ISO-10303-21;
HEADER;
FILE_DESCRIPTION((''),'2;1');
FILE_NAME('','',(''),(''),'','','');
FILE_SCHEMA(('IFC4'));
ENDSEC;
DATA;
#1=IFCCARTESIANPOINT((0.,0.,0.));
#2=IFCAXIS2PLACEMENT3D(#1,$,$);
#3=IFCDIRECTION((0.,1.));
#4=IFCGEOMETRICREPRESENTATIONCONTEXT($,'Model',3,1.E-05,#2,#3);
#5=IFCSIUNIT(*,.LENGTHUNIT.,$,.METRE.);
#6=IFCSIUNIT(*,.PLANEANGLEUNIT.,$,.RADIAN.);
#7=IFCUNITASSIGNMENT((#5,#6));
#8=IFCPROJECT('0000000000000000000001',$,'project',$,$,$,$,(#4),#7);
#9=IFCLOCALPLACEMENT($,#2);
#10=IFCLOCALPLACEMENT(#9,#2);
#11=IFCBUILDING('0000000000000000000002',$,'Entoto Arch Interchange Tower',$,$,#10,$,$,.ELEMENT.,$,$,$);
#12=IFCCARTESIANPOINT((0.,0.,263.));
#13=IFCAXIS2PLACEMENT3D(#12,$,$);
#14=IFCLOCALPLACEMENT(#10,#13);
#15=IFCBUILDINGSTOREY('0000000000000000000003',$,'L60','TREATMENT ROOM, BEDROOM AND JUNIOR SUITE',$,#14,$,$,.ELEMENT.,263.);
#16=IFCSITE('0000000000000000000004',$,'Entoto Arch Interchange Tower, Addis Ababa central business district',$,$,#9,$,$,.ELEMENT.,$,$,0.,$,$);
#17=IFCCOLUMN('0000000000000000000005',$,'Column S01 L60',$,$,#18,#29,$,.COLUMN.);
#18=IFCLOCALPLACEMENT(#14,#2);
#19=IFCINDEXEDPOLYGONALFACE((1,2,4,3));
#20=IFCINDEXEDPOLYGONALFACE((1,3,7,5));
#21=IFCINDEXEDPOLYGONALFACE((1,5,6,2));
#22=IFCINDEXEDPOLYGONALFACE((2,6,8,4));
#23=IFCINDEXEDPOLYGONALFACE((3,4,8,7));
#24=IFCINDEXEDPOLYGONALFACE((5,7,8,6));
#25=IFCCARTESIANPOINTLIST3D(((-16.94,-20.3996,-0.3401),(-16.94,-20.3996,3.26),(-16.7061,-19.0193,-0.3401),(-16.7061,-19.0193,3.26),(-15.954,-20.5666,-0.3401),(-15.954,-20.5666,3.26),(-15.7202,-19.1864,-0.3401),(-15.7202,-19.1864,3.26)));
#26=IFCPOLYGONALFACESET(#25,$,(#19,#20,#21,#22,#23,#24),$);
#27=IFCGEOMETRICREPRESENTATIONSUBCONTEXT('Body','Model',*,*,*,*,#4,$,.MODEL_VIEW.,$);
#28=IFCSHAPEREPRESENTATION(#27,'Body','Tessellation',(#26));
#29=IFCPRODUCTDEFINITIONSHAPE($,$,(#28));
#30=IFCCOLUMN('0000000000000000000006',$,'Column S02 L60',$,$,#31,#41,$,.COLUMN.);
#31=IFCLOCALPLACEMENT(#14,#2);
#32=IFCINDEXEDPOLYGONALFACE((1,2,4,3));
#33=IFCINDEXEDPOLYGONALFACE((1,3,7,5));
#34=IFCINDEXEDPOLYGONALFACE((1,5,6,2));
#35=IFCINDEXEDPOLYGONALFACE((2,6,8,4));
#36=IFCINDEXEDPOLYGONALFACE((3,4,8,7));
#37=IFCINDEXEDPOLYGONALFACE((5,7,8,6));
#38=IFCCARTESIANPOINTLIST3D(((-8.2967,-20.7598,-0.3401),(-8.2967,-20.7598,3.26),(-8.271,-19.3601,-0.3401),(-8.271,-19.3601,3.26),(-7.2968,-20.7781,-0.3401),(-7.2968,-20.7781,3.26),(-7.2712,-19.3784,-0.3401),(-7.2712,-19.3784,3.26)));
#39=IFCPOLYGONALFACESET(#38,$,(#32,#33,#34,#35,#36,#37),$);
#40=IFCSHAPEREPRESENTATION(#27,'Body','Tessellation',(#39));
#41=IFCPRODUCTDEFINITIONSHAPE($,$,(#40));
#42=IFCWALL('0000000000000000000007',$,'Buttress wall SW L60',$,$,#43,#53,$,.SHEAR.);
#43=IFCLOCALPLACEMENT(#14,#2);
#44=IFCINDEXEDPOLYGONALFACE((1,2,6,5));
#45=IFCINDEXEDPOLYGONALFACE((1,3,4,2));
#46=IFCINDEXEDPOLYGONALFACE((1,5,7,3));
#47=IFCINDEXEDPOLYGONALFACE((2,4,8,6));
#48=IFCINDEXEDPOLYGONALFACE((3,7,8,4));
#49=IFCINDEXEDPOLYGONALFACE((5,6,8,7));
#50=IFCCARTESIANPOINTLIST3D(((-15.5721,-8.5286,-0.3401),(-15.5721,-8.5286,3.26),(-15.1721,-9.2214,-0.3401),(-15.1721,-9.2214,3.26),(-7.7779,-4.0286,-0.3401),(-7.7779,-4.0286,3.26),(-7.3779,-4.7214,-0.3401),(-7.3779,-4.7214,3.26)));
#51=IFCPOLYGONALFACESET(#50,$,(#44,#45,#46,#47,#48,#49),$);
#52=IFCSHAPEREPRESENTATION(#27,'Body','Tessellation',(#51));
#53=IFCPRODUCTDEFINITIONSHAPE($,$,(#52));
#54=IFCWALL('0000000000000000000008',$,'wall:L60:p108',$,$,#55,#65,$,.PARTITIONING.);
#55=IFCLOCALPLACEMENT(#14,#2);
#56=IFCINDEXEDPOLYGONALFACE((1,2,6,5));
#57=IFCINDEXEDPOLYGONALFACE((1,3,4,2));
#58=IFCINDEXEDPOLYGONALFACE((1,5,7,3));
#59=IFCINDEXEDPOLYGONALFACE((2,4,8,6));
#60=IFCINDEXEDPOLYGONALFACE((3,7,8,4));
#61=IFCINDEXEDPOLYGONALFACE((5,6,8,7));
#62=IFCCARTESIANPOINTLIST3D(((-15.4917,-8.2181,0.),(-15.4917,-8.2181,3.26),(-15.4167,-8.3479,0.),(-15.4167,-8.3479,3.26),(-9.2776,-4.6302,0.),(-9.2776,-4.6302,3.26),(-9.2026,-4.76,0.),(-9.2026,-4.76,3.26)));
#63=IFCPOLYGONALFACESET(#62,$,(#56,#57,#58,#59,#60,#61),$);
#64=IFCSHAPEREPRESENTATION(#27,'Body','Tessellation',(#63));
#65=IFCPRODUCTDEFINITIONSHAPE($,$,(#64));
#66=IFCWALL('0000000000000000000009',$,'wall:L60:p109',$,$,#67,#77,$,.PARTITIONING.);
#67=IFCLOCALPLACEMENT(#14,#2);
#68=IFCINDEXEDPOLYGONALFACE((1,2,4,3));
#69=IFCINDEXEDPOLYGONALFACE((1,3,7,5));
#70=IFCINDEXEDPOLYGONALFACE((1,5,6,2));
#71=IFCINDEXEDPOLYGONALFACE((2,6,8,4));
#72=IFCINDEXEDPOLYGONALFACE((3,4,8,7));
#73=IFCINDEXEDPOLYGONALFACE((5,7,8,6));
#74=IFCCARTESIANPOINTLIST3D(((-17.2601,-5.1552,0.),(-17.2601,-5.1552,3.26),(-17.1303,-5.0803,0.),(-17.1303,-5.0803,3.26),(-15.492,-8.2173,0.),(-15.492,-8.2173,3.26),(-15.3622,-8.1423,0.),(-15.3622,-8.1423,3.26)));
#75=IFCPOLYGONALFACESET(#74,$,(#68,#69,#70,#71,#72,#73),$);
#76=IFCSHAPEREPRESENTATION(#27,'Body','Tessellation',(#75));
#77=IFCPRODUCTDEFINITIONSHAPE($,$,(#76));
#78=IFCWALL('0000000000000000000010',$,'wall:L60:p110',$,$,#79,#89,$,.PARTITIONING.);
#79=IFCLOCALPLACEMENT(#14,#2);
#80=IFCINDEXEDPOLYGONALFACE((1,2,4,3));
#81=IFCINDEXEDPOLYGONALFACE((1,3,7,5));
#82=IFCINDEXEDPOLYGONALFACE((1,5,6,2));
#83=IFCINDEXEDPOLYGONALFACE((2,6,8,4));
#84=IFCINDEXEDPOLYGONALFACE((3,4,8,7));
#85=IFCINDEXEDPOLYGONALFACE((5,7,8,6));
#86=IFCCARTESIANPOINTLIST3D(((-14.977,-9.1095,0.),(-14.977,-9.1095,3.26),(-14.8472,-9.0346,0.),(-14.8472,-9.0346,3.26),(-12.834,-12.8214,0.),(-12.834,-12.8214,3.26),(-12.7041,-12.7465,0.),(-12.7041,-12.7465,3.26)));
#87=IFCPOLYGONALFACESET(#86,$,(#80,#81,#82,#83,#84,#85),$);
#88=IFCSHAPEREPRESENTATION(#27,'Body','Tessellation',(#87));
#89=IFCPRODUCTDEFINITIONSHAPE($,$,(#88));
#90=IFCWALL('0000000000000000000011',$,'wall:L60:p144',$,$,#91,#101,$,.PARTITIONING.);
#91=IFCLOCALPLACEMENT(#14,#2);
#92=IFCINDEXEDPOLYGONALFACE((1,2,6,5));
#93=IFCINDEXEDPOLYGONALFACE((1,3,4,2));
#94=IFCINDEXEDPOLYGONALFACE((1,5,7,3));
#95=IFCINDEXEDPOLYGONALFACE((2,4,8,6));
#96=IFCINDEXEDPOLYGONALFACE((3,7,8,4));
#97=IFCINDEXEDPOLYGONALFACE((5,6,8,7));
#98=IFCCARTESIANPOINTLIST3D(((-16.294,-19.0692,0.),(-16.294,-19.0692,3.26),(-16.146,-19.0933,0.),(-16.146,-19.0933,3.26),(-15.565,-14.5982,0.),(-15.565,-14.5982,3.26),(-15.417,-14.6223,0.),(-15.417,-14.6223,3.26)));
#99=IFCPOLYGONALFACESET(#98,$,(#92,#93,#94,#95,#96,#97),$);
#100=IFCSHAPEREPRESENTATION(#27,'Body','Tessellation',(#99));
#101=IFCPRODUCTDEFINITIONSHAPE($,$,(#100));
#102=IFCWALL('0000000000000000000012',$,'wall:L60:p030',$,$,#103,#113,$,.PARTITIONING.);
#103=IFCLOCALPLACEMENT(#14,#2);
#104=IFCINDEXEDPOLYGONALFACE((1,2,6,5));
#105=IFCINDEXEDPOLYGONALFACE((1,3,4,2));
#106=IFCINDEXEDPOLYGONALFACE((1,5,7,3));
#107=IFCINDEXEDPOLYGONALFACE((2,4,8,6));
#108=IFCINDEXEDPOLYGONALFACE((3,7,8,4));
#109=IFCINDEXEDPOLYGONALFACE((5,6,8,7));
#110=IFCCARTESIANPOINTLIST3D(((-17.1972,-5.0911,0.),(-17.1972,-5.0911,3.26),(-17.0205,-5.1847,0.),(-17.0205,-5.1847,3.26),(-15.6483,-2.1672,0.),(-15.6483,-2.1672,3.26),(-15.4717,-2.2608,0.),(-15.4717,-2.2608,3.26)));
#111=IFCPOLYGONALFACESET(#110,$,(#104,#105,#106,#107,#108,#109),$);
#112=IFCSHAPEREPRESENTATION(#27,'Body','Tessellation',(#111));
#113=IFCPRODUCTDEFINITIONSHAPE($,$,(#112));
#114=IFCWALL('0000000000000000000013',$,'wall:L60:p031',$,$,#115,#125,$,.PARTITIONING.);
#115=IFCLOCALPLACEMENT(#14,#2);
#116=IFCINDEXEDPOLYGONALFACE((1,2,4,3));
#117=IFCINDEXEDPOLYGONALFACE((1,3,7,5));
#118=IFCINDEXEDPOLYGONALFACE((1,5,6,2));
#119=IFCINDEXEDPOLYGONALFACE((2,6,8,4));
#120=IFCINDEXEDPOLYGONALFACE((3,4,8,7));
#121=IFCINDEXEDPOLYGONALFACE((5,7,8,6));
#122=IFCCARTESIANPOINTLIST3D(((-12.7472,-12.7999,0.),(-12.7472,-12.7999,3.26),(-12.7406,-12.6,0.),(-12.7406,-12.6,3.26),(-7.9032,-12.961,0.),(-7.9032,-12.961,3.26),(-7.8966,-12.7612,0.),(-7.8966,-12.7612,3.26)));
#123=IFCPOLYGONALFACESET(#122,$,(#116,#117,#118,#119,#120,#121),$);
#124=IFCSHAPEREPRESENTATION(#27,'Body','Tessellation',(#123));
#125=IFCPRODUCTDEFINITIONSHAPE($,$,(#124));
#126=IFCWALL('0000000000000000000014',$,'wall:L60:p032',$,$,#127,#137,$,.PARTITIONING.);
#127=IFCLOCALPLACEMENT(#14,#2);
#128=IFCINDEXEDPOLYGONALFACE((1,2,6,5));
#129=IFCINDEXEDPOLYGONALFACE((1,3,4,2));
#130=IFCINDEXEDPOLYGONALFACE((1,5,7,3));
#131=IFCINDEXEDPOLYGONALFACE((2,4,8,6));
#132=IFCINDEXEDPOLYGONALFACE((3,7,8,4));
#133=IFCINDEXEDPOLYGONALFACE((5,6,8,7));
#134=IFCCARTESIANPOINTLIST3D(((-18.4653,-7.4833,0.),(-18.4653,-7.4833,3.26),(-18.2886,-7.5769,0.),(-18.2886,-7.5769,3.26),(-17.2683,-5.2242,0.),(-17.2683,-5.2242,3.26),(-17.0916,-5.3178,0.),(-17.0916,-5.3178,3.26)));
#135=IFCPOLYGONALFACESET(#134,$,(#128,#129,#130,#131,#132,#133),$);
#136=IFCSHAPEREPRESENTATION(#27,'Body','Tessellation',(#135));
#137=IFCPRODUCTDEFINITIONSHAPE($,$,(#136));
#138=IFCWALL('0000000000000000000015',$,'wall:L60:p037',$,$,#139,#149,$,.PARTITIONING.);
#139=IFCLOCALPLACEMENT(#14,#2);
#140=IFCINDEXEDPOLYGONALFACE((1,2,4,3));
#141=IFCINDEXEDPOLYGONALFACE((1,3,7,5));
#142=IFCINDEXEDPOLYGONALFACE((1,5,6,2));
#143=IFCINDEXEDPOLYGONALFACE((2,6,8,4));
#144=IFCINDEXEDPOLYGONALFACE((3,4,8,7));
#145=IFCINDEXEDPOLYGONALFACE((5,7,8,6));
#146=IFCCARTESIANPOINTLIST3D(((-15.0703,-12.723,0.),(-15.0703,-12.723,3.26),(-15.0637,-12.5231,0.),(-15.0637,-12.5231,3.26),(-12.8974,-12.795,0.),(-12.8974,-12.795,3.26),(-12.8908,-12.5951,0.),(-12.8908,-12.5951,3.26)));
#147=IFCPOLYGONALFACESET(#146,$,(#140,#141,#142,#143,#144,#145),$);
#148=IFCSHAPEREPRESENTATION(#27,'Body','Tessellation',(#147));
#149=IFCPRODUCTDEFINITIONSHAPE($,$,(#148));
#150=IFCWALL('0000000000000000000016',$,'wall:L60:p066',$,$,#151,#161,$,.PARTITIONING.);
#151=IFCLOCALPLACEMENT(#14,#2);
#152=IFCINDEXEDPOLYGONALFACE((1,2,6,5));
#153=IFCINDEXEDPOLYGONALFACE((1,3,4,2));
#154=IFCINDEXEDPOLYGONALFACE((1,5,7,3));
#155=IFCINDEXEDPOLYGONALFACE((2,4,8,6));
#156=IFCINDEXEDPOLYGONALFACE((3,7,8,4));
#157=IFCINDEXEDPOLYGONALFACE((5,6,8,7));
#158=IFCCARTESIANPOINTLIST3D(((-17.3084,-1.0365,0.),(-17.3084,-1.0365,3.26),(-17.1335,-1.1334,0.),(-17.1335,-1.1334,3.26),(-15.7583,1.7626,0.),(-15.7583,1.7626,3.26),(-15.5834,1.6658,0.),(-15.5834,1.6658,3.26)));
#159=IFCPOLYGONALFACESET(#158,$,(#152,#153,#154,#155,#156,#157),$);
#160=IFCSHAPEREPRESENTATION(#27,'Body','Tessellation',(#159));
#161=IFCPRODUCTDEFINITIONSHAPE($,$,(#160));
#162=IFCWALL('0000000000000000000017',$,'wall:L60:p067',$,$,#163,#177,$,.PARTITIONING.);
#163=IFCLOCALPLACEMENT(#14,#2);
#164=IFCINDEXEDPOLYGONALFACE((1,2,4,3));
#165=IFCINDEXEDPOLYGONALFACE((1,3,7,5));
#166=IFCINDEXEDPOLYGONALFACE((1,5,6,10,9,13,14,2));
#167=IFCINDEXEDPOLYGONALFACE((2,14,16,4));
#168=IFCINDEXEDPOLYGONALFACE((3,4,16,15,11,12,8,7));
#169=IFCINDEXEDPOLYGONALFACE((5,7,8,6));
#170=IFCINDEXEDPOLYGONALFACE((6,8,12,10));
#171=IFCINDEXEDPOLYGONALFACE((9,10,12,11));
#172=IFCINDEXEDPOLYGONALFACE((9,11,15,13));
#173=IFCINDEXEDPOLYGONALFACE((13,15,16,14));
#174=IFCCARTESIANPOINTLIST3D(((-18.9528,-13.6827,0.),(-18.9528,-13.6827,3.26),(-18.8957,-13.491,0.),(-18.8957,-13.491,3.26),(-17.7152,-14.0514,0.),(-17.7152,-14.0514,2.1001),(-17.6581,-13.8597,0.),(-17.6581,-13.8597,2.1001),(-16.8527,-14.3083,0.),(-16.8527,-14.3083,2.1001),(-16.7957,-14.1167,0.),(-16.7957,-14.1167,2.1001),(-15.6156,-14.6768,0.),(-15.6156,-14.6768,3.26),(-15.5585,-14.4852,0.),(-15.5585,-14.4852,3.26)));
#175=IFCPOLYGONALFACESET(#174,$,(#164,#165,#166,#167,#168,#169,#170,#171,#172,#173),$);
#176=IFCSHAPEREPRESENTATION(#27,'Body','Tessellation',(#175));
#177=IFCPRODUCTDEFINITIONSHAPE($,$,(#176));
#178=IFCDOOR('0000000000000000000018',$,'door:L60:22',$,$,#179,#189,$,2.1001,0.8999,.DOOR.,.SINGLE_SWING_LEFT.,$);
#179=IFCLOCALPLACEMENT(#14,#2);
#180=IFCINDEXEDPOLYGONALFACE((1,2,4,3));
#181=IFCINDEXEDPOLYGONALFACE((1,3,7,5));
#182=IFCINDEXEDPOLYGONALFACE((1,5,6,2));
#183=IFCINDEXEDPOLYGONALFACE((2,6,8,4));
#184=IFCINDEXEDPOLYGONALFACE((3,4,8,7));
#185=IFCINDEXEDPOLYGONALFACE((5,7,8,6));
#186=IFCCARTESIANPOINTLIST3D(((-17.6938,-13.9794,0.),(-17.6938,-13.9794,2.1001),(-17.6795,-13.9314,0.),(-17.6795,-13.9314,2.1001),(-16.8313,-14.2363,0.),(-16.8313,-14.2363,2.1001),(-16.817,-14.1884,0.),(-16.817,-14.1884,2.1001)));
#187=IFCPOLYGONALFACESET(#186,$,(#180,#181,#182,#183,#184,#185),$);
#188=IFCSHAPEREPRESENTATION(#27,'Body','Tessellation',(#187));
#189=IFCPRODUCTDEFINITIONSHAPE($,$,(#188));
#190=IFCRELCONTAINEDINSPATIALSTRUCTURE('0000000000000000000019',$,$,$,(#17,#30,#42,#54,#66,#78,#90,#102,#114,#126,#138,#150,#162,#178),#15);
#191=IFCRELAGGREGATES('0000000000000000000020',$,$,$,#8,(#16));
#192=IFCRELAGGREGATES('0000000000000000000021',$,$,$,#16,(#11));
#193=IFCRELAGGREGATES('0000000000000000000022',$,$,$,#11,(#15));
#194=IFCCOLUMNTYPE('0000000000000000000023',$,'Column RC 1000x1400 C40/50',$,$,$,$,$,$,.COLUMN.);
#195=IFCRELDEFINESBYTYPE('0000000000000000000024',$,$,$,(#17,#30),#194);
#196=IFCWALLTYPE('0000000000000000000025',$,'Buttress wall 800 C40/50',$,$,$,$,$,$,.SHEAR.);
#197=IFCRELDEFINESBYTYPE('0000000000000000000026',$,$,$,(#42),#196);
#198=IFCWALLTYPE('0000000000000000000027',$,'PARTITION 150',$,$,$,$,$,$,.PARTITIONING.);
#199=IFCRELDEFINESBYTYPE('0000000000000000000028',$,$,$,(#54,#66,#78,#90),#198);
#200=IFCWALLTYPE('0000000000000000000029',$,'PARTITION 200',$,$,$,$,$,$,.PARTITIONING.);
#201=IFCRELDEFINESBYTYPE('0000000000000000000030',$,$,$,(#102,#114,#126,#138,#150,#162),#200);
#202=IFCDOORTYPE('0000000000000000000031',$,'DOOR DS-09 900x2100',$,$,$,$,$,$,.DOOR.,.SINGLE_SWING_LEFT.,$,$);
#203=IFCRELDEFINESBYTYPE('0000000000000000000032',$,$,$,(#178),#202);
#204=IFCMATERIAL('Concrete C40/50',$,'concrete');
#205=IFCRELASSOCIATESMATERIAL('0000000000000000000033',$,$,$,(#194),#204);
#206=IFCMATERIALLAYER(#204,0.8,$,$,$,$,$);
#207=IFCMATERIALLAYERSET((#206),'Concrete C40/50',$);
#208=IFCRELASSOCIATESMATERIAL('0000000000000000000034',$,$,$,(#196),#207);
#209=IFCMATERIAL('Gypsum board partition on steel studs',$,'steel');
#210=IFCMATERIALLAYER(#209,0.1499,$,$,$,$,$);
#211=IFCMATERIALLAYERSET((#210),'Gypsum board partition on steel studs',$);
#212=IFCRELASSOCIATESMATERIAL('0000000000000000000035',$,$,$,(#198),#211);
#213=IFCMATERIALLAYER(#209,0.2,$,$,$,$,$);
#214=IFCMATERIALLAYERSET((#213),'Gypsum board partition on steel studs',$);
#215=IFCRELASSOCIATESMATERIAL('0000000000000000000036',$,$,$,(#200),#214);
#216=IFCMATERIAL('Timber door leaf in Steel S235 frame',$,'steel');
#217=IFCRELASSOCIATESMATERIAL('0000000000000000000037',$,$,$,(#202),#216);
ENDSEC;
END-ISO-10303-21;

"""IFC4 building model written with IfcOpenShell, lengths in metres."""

from ifc_helpers import new_model, si_unit, direction, frame, frame_2d, origin, origin_2d, place, context, subcontext, project, spatial, rectangle, extrude, material, layer, layer_set, material_profile, profile_set, type_object, element, fill, save


model = new_model("IFC4")

# Units and contexts
model_context = context("Model", 3, precision=1e-05, world=origin(), true_north=direction((0.0, 1.0)))
body_context = subcontext(model_context, "Body", "Model", "MODEL_VIEW")
ifc_project = project(units=[si_unit("LENGTHUNIT", "METRE"), si_unit("PLANEANGLEUNIT", "RADIAN")], contexts=[model_context])

# Site, building, storey
site_placement = place(None, origin())
site = spatial("IfcSite", under=ifc_project, at=site_placement, Name="Entoto Arch Interchange Tower, Addis Ababa central business district", CompositionType="ELEMENT", RefElevation=0.0)
building_placement = place(site_placement, origin())
building = spatial("IfcBuilding", under=site, at=building_placement, Name="Entoto Arch Interchange Tower", CompositionType="ELEMENT")
storey_placement = place(building_placement, frame((0.0, 0.0, 263.0)))
storey = spatial("IfcBuildingStorey", under=building, at=storey_placement, Name="L60", Description="TREATMENT ROOM, BEDROOM AND JUNIOR SUITE", CompositionType="ELEMENT", Elevation=263.0)

# Columns
ifc_material_1 = material(Name="Concrete C40/50", Category="concrete")
ifc_material_profile = material_profile(ifc_material_1, rectangle(XDim=1.0, YDim=1.3999, at=origin_2d()))
ifc_profile_set = profile_set([ifc_material_profile], Name="Concrete C40/50")
column_type = type_object("IfcColumnType", Name="Column RC 1000x1400 C40/50", PredefinedType="COLUMN", material=ifc_profile_set)
for number, where, z_axis, x_axis, name in (
    (1, (-16.3301, -19.793, -0.3401), (0.0, 0.0, 1.0), (-0.985952, 0.167027, 0.0), "Column S01 L60"),
    (2, (-7.7839, -20.0691, -0.3401), (0.0, 0.0, 1.0), (-0.999833, 0.01829, 0.0), "Column S02 L60"),
):
    element("IfcColumn", number, at=place(storey_placement, frame(where, z_axis=z_axis, x_axis=x_axis)), inside=storey, type_object=column_type, Name=name, PredefinedType="COLUMN", context=body_context, shape_type="SweptSolid", body=[
        extrude(rectangle(XDim=1.0, YDim=1.3999, at=origin_2d()), origin(), (0.0, 0.0, 1.0), 3.6001),
    ])

# Walls
ifc_layer_1 = layer(ifc_material_1, 0.8)
ifc_layer_set_1 = layer_set([ifc_layer_1], Name="Concrete C40/50")
wall_type_1 = type_object("IfcWallType", Name="Buttress wall 800 C40/50", PredefinedType="SHEAR", material=ifc_layer_set_1)
wall_1_placement = place(storey_placement, frame((-7.5779, -4.375, -0.3401), z_axis=(0.0, 0.0, 1.0), x_axis=(-0.866024, -0.500002, 0.0)))
element("IfcWall", 3, at=wall_1_placement, inside=storey, type_object=wall_type_1, Name="Buttress wall SW L60", PredefinedType="SHEAR", context=body_context, shape_type="SweptSolid", body=[
    extrude(rectangle(XDim=9.0, YDim=0.8, at=frame_2d((4.5, 0.0))), origin(), (0.0, 0.0, 1.0), 3.6001),
])
ifc_material_2 = material(Name="Gypsum board partition on steel studs", Category="steel")
ifc_layer_2 = layer(ifc_material_2, 0.1499)
ifc_layer_set_2 = layer_set([ifc_layer_2], Name="Gypsum board partition on steel studs")
wall_type_2 = type_object("IfcWallType", Name="PARTITION 150", PredefinedType="PARTITIONING", material=ifc_layer_set_2)
wall_2_placement = place(storey_placement, frame((-9.24, -4.6951, 0.0), z_axis=(0.0, 0.0, 1.0), x_axis=(-0.866015, -0.500018, 0.0)))
element("IfcWall", 4, at=wall_2_placement, inside=storey, type_object=wall_type_2, Name="wall:L60:p108", PredefinedType="PARTITIONING", context=body_context, shape_type="SweptSolid", body=[
    extrude(rectangle(XDim=7.1755, YDim=0.1499, at=frame_2d((3.5879, 0.0))), origin(), (0.0, 0.0, 1.0), 3.26),
])
wall_3_placement = place(storey_placement, frame((-15.427, -8.1799, 0.0), z_axis=(0.0, 0.0, 1.0), x_axis=(-0.500045, 0.865999, 0.0)))
element("IfcWall", 5, at=wall_3_placement, inside=storey, type_object=wall_type_2, Name="wall:L60:p109", PredefinedType="PARTITIONING", context=body_context, shape_type="SweptSolid", body=[
    extrude(rectangle(XDim=3.5359, YDim=0.1499, at=frame_2d((1.7681, 0.0))), origin(), (0.0, 0.0, 1.0), 3.26),
])
wall_4_placement = place(storey_placement, frame((-12.769, -12.7839, 0.0), z_axis=(0.0, 0.0, 1.0), x_axis=(-0.499999, 0.866026, 0.0)))
element("IfcWall", 6, at=wall_4_placement, inside=storey, type_object=wall_type_2, Name="wall:L60:p110", PredefinedType="PARTITIONING", context=body_context, shape_type="SweptSolid", body=[
    extrude(rectangle(XDim=4.2861, YDim=0.1499, at=frame_2d((2.1431, 0.0))), origin(), (0.0, 0.0, 1.0), 3.26),
])
wall_5_placement = place(storey_placement, frame((-15.491, -14.6101, 0.0), z_axis=(0.0, 0.0, 1.0), x_axis=(-0.160928, -0.986966, 0.0)))
element("IfcWall", 7, at=wall_5_placement, inside=storey, type_object=wall_type_2, Name="wall:L60:p144", PredefinedType="PARTITIONING", context=body_context, shape_type="SweptSolid", body=[
    extrude(rectangle(XDim=4.53, YDim=0.1499, at=frame_2d((2.2651, 0.0))), origin(), (0.0, 0.0, 1.0), 3.26),
])
ifc_layer_3 = layer(ifc_material_2, 0.2)
ifc_layer_set_3 = layer_set([ifc_layer_3], Name="Gypsum board partition on steel studs")
wall_type_3 = type_object("IfcWallType", Name="PARTITION 200", PredefinedType="PARTITIONING", material=ifc_layer_set_3)
wall_6_placement = place(storey_placement, frame((-15.5601, -2.2141, 0.0), z_axis=(0.0, 0.0, 1.0), x_axis=(-0.468105, -0.883673, 0.0)))
element("IfcWall", 8, at=wall_6_placement, inside=storey, type_object=wall_type_3, Name="wall:L60:p030", PredefinedType="PARTITIONING", context=body_context, shape_type="SweptSolid", body=[
    extrude(rectangle(XDim=3.3088, YDim=0.2, at=frame_2d((1.6543, 0.0))), origin(), (0.0, 0.0, 1.0), 3.26),
])
wall_7_placement = place(storey_placement, frame((-12.7439, -12.7, 0.0), z_axis=(0.0, 0.0, 1.0), x_axis=(0.999447, -0.033246, 0.0)))
element("IfcWall", 9, at=wall_7_placement, inside=storey, type_object=wall_type_3, Name="wall:L60:p031", PredefinedType="PARTITIONING", context=body_context, shape_type="SweptSolid", body=[
    extrude(rectangle(XDim=4.8467, YDim=0.2, at=frame_2d((2.4233, 0.0))), origin(), (0.0, 0.0, 1.0), 3.26),
])
wall_8_placement = place(storey_placement, frame((-17.1799, -5.271, 0.0), z_axis=(0.0, 0.0, 1.0), x_axis=(-0.468212, -0.883616, 0.0)))
element("IfcWall", 10, at=wall_8_placement, inside=storey, type_object=wall_type_3, Name="wall:L60:p032", PredefinedType="PARTITIONING", context=body_context, shape_type="SweptSolid", body=[
    extrude(rectangle(XDim=2.5566, YDim=0.2, at=frame_2d((1.2783, 0.0))), origin(), (0.0, 0.0, 1.0), 3.26),
])
wall_9_placement = place(storey_placement, frame((-15.0669, -12.623, 0.0), z_axis=(0.0, 0.0, 1.0), x_axis=(0.999451, -0.033128, 0.0)))
element("IfcWall", 11, at=wall_9_placement, inside=storey, type_object=wall_type_3, Name="wall:L60:p037", PredefinedType="PARTITIONING", context=body_context, shape_type="SweptSolid", body=[
    extrude(rectangle(XDim=2.1741, YDim=0.2, at=frame_2d((1.0869, 0.0))), origin(), (0.0, 0.0, 1.0), 3.26),
])
wall_10_placement = place(storey_placement, frame((-17.2209, -1.085, 0.0), z_axis=(0.0, 0.0, 1.0), x_axis=(0.48445, 0.874819, 0.0)))
element("IfcWall", 12, at=wall_10_placement, inside=storey, type_object=wall_type_3, Name="wall:L60:p066", PredefinedType="PARTITIONING", context=body_context, shape_type="SweptSolid", body=[
    extrude(rectangle(XDim=3.1997, YDim=0.2, at=frame_2d((1.5999, 0.0))), origin(), (0.0, 0.0, 1.0), 3.26),
])

# Wall, opening, door
wall_11_placement = place(storey_placement, frame((-15.5869, -14.5811, 0.0), z_axis=(0.0, 0.0, 1.0), x_axis=(-0.958378, 0.285501, 0.0)))
wall_11 = element("IfcWall", 13, at=wall_11_placement, inside=storey, type_object=wall_type_3, Name="wall:L60:p067", PredefinedType="PARTITIONING", context=body_context, shape_type="SweptSolid", body=[
    extrude(rectangle(XDim=3.4822, YDim=0.2, at=frame_2d((1.7412, 0.0))), origin(), (0.0, 0.0, 1.0), 3.26),
])
opening_1_placement = place(wall_11_placement, frame((1.291, 0.0, 0.0)))
opening_1 = element("IfcOpeningElement", 14, at=opening_1_placement, cuts=wall_11, PredefinedType="OPENING", context=body_context, shape_type="SweptSolid", body=[
    extrude(rectangle(XDim=0.8999, YDim=2.1001, at=frame_2d((0.45, 1.05))), frame((0.0, 0.1099, 0.0), z_axis=(0.0, -1.0, 0.0), x_axis=(1.0, 0.0, 0.0)), (0.0, 0.0, 1.0), 0.22),
])
ifc_material_3 = material(Name="Timber door leaf in Steel S235 frame", Category="steel")
door_type_1 = type_object("IfcDoorType", Name="DOOR DS-09 900x2100", OperationType="SINGLE_SWING_LEFT", PredefinedType="DOOR", material=ifc_material_3)
door_1_placement = place(opening_1_placement, origin())
door_1 = element("IfcDoor", 15, at=door_1_placement, inside=storey, type_object=door_type_1, Name="door:L60:22", OperationType="SINGLE_SWING_LEFT", OverallHeight=2.1001, OverallWidth=0.8999, PredefinedType="DOOR", context=body_context, shape_type="SweptSolid", body=[
    extrude(rectangle(XDim=0.8999, YDim=2.1001, at=frame_2d((0.45, 1.05))), frame((0.0, 0.0249, 0.0), z_axis=(0.0, -1.0, 0.0), x_axis=(1.0, 0.0, 0.0)), (0.0, 0.0, 1.0), 0.05),
])
fill(opening_1, door_1)

save(model, "model.ifc")
